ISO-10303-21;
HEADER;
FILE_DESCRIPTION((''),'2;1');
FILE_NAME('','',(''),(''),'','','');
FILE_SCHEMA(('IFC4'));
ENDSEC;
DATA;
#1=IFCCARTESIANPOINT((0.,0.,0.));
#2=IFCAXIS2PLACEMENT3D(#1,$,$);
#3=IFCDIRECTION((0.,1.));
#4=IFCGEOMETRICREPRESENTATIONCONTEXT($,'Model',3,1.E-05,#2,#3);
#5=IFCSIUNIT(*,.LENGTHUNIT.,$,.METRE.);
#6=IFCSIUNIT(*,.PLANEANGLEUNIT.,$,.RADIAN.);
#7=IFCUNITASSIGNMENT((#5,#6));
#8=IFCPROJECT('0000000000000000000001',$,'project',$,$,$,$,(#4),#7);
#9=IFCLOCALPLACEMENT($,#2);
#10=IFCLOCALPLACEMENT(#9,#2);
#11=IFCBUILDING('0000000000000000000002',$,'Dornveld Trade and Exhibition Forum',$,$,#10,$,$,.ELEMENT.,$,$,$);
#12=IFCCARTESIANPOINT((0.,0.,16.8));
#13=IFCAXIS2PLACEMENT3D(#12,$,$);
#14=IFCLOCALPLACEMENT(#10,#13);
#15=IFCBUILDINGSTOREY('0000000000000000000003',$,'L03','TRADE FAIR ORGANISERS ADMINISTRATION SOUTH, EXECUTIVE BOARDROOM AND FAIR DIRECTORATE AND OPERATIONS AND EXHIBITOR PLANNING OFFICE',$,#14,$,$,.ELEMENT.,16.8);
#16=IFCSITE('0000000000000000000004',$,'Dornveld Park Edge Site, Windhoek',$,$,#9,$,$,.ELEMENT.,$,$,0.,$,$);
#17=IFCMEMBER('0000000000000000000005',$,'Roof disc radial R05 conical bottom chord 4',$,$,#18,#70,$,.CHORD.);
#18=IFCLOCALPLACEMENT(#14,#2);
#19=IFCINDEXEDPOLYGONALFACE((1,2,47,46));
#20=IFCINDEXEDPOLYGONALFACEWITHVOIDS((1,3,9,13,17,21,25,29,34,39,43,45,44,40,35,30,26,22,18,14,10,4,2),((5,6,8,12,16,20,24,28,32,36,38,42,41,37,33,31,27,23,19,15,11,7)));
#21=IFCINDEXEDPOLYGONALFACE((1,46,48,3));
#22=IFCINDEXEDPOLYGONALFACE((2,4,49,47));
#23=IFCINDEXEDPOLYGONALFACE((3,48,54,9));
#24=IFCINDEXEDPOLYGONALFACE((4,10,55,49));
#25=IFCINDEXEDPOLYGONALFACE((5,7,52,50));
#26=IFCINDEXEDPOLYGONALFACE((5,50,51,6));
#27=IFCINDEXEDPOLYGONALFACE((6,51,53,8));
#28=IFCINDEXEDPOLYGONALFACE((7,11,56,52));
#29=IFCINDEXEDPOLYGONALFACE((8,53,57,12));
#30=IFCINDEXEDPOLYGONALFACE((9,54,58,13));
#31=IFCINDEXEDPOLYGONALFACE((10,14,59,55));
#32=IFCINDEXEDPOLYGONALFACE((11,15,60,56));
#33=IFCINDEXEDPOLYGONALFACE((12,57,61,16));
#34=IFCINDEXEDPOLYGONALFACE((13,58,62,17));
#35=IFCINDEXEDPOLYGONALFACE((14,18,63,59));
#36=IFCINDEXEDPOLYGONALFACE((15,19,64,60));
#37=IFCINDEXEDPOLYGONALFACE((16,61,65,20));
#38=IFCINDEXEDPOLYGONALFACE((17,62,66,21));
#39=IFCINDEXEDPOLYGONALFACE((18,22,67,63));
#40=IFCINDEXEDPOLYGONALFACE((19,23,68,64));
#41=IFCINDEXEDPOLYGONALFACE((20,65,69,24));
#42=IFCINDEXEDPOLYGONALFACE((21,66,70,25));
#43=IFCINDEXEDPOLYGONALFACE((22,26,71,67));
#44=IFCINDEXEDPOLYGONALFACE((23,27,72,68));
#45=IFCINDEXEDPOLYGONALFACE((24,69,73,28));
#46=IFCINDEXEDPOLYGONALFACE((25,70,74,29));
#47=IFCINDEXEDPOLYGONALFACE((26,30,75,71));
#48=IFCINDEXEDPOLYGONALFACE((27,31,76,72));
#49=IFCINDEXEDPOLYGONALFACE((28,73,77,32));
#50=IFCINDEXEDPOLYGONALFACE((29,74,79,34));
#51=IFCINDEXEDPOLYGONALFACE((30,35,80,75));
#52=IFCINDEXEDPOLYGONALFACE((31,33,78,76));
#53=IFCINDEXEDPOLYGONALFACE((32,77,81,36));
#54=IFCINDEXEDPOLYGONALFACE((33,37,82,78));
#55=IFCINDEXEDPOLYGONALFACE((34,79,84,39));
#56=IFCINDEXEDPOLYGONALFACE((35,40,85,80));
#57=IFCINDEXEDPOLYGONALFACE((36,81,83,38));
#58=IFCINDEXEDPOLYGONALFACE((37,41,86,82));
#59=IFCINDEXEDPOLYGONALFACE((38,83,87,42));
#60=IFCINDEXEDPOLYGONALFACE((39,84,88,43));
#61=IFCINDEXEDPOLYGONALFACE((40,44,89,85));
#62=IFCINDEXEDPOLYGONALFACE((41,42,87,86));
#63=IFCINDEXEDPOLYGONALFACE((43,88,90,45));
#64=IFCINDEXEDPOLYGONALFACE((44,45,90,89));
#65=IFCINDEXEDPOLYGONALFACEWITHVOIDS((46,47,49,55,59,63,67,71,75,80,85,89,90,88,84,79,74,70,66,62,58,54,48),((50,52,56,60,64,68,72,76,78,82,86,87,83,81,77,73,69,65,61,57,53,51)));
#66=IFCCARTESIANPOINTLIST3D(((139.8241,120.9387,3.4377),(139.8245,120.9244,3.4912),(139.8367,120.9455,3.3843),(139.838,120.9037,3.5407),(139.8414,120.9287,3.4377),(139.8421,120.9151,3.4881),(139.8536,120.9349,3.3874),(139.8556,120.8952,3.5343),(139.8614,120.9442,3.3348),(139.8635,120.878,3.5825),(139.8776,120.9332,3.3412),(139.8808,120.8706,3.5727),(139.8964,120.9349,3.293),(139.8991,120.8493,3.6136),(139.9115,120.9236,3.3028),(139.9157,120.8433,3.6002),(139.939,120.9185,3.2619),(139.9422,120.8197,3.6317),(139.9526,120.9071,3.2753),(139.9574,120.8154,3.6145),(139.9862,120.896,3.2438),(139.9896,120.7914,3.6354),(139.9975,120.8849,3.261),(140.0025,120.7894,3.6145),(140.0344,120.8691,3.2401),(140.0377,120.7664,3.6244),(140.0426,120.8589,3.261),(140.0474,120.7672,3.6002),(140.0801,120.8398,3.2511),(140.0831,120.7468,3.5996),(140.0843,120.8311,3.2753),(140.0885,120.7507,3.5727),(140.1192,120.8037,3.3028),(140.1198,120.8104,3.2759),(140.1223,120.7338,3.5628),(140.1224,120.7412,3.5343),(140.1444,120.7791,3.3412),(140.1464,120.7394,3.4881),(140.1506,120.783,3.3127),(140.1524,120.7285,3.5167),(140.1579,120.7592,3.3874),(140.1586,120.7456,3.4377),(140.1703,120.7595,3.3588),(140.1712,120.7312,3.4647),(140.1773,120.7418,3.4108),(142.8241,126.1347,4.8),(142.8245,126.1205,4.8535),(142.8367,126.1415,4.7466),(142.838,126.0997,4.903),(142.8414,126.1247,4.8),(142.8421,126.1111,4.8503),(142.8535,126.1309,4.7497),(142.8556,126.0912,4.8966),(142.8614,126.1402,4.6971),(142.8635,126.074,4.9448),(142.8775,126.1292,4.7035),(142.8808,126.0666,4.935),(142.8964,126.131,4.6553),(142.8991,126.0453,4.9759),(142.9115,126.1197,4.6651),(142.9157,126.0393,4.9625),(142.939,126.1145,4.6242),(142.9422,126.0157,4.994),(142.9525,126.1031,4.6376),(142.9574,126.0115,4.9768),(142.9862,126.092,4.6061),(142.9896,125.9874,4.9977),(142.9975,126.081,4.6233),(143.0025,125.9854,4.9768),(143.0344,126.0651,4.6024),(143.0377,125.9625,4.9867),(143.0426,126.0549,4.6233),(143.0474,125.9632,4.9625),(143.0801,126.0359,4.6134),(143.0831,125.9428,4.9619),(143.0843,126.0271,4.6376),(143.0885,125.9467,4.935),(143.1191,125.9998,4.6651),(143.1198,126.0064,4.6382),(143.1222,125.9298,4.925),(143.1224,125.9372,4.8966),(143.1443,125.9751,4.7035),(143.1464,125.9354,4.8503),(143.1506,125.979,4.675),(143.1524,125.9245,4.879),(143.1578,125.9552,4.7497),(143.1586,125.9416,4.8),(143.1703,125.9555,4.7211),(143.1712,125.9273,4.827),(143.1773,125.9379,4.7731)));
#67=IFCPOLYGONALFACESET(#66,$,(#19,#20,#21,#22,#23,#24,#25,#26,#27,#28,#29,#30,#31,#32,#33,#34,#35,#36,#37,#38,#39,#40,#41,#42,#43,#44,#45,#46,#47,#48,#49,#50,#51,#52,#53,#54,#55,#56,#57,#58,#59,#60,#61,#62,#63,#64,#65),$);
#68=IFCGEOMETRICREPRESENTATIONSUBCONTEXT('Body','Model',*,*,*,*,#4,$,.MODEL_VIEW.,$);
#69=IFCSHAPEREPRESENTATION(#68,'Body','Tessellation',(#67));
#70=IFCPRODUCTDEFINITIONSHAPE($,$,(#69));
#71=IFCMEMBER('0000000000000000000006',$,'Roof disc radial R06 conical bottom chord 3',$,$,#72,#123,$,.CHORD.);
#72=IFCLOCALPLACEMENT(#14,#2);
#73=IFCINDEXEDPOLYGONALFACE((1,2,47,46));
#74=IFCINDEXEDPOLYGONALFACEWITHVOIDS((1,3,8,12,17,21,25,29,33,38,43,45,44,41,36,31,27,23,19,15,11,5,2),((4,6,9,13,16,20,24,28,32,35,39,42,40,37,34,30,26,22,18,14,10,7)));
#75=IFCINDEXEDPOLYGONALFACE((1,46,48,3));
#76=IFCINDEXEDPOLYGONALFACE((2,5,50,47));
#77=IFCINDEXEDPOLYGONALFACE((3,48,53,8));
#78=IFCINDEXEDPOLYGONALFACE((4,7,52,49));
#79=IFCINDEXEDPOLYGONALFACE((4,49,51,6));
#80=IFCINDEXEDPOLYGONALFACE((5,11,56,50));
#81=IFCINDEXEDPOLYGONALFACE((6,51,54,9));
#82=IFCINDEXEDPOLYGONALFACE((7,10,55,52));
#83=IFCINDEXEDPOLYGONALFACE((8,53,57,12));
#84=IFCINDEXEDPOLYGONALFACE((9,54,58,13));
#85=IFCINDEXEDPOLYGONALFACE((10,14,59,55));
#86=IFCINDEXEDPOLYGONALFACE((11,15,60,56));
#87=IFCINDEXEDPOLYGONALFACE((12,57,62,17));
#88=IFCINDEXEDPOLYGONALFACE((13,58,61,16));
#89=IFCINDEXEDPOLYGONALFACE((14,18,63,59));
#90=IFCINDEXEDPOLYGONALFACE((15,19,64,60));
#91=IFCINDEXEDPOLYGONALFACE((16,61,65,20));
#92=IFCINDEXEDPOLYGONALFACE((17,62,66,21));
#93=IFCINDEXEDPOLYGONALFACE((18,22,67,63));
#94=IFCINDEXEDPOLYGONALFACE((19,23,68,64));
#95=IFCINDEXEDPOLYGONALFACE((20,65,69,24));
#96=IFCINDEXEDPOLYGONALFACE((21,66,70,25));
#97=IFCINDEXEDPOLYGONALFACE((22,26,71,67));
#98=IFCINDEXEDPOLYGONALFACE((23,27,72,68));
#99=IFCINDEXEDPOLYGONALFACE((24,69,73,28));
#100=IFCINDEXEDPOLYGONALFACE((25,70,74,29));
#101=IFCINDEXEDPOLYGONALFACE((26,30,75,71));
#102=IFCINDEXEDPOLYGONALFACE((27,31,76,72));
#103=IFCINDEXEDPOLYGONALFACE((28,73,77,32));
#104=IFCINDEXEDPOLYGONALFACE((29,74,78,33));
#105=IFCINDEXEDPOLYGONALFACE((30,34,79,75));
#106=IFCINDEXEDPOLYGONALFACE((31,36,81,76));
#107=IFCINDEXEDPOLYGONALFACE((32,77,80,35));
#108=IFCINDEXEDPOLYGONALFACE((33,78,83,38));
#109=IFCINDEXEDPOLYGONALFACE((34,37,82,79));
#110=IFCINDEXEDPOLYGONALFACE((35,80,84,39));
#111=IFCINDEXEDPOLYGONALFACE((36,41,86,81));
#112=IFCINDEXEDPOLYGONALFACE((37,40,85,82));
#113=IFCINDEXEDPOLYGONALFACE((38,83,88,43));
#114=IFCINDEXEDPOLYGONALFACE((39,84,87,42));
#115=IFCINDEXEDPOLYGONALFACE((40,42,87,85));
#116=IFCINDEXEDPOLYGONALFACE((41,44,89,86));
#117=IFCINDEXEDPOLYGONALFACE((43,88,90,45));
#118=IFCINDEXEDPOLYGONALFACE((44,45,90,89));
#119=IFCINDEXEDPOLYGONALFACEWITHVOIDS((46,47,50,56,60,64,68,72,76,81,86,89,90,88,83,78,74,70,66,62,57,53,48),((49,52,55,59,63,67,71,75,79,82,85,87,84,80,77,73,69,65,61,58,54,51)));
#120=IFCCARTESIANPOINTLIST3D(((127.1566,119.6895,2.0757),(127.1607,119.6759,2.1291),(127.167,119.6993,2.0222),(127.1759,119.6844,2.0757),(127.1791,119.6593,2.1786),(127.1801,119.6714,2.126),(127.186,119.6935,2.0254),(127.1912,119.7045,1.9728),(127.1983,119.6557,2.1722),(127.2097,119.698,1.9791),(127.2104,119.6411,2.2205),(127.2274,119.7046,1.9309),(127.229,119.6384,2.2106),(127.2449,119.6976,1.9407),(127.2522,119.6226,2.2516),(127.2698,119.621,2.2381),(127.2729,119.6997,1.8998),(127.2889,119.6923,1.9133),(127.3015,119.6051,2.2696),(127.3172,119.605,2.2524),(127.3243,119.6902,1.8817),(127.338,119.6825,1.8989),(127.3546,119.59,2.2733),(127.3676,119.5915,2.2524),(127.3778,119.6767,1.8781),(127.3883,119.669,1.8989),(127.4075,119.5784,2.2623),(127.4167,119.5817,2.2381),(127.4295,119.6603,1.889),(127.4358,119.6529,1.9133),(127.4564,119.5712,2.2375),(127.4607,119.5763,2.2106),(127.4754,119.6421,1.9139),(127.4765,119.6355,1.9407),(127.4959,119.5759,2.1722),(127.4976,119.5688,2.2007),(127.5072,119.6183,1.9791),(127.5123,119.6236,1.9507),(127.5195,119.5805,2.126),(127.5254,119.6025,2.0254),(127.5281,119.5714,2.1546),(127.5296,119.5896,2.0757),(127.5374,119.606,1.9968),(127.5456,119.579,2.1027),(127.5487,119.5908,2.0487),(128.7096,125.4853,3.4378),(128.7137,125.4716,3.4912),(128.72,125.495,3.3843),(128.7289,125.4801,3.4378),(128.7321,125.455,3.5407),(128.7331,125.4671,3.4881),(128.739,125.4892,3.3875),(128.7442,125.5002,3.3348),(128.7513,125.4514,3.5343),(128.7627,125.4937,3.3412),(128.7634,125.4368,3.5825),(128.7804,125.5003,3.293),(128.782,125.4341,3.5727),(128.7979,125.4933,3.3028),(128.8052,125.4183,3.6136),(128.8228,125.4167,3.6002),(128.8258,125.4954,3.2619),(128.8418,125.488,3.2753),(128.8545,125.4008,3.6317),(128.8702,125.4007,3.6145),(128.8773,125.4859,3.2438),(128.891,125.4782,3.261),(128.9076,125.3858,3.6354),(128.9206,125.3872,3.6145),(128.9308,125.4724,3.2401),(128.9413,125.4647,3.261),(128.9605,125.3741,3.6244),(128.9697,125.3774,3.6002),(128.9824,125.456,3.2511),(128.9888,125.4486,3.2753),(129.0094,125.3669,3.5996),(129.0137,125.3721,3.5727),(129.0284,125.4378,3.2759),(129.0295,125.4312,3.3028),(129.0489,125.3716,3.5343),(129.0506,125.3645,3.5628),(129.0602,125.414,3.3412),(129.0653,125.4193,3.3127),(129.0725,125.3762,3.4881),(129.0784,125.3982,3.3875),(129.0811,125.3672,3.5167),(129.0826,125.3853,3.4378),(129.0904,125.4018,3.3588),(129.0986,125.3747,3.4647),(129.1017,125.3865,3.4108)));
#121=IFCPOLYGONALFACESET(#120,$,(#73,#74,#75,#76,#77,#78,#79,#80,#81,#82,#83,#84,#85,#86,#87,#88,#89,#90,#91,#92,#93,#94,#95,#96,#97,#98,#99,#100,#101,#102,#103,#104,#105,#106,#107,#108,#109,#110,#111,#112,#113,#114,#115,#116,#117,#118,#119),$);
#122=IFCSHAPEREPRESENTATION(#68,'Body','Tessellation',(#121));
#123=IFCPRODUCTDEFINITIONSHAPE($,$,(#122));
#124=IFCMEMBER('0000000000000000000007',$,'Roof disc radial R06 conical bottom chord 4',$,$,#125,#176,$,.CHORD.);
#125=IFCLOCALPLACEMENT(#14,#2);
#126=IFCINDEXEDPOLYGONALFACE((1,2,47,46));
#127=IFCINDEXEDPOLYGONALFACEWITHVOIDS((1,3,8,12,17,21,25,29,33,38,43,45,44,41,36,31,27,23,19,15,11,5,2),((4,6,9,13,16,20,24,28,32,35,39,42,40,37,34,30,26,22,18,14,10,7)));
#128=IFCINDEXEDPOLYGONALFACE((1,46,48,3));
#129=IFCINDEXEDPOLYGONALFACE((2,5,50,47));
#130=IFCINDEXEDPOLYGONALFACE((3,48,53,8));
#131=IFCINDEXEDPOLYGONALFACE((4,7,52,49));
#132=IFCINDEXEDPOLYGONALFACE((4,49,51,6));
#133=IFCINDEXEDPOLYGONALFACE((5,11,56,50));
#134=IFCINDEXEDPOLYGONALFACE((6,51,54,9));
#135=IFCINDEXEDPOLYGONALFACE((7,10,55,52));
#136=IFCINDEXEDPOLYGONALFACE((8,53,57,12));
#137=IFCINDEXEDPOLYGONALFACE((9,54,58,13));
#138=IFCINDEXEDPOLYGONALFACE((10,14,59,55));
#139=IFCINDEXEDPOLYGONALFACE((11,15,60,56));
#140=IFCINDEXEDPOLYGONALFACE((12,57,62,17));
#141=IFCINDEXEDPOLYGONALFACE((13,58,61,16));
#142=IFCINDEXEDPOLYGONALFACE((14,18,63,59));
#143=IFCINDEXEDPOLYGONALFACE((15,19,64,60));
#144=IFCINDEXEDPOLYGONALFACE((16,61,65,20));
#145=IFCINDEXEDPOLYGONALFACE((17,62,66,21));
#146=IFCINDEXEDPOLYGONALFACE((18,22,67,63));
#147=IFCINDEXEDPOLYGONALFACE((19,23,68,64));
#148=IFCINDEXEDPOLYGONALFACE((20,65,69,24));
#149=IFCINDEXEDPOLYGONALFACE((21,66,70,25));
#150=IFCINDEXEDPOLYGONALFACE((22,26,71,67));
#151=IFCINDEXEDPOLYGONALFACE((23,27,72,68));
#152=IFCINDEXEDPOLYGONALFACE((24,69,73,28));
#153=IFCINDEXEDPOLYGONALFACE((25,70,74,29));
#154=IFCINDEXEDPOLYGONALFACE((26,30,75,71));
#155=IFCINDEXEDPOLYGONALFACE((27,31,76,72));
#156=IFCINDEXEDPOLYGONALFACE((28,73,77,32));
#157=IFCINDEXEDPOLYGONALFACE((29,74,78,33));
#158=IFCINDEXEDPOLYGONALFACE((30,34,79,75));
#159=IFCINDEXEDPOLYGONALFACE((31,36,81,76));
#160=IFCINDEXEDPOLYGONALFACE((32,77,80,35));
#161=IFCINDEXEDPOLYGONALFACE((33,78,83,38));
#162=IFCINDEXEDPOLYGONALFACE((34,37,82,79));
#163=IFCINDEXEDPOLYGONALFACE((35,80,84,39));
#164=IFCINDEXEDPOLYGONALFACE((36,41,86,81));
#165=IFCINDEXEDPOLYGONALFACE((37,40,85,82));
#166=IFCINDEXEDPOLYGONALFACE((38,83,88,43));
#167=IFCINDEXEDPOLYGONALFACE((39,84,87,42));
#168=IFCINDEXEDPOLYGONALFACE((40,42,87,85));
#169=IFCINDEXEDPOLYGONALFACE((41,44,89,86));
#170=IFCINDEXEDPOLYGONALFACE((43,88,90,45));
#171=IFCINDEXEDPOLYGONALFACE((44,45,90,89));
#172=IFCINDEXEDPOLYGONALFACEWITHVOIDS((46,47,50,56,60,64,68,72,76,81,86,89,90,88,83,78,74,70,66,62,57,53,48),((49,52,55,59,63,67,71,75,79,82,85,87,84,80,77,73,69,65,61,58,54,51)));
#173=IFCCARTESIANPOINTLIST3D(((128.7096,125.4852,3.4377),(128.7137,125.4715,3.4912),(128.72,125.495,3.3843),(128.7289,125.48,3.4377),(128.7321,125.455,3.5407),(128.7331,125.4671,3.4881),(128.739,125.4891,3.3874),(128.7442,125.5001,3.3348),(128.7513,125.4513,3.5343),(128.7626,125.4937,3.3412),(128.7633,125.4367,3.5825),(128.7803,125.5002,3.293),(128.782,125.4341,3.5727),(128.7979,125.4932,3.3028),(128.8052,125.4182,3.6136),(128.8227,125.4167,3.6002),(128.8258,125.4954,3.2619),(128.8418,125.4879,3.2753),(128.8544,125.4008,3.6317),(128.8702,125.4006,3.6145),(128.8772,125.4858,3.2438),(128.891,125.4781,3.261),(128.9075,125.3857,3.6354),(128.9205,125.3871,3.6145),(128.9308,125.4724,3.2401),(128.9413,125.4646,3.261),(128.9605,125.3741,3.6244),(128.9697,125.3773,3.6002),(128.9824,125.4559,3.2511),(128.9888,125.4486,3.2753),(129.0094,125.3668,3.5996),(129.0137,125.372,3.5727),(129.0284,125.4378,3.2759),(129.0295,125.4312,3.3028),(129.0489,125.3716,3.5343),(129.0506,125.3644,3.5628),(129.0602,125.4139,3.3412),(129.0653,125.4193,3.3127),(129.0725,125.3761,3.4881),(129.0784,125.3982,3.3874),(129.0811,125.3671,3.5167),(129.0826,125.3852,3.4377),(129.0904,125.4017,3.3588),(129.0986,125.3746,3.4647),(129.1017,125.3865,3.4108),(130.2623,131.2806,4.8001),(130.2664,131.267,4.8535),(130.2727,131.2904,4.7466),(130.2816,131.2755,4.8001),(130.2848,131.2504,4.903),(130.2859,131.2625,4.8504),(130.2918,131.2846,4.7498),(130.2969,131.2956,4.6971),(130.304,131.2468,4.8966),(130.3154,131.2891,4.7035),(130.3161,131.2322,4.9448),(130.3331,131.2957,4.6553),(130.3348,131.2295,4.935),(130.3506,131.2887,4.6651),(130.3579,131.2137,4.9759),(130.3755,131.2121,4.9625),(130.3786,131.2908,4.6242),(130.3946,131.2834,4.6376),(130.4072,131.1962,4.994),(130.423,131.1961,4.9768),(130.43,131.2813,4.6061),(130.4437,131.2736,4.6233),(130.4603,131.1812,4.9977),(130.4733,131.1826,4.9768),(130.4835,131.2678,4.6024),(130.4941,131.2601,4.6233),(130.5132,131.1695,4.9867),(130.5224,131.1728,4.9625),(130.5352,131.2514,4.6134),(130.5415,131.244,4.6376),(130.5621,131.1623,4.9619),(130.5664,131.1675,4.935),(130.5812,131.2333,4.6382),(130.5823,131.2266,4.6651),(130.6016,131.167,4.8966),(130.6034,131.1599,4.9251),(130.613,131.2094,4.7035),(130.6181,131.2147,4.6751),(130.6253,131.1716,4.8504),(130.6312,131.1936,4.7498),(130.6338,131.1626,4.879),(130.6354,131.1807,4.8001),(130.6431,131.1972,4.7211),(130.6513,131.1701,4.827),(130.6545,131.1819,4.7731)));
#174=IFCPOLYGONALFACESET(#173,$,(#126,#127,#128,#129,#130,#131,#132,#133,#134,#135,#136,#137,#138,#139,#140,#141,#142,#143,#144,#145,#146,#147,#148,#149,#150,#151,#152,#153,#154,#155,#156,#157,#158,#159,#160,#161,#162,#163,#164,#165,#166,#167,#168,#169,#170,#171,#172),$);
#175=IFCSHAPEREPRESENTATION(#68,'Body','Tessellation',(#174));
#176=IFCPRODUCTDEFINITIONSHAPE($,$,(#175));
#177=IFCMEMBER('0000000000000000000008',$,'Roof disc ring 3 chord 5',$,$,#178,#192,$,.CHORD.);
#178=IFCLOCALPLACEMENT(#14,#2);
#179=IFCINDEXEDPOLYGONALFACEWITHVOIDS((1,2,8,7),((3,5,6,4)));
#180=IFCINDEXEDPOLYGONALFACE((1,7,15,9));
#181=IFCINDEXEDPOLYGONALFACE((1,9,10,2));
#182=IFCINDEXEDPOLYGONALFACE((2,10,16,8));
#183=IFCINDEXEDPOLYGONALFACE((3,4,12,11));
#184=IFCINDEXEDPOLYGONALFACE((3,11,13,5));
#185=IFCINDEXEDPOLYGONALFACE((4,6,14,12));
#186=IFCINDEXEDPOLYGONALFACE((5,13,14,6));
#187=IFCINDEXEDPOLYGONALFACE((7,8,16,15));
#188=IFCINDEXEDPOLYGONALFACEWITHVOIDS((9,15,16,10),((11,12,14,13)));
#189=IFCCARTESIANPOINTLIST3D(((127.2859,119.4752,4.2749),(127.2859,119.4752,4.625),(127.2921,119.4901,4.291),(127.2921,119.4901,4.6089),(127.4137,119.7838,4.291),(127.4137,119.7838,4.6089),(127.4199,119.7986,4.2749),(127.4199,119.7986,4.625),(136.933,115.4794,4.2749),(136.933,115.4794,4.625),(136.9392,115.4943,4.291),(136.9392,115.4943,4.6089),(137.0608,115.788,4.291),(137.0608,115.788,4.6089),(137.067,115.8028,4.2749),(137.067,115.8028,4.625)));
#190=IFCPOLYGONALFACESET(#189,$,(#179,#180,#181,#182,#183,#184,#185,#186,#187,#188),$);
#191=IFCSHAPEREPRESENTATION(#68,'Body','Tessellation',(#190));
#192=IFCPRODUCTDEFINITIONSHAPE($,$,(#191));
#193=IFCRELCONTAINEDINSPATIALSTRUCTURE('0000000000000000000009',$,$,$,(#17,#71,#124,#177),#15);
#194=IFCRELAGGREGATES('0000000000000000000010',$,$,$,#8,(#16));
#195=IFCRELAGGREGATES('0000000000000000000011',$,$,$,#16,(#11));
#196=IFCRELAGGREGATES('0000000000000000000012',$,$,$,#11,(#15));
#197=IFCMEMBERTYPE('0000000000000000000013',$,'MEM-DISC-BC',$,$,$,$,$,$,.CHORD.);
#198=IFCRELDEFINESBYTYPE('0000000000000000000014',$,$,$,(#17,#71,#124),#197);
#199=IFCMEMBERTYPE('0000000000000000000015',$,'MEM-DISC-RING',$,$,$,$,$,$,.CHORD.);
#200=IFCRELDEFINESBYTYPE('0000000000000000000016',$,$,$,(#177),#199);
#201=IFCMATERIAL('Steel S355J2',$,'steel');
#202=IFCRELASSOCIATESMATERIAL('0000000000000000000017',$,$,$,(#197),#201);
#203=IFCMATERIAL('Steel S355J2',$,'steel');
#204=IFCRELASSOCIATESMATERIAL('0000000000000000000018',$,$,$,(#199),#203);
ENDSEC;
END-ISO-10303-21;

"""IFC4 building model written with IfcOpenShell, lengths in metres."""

from ifc_helpers import new_model, si_unit, direction, frame, origin, origin_2d, place, context, subcontext, project, spatial, hollow_rectangle, hollow_circle, extrude, material, material_profile, profile_set, type_object, element, save


model = new_model("IFC4")

# Units and contexts
model_context = context("Model", 3, precision=1e-05, world=origin(), true_north=direction((0.0, 1.0)))
body_context = subcontext(model_context, "Body", "Model", "MODEL_VIEW")
ifc_project = project(units=[si_unit("LENGTHUNIT", "METRE"), si_unit("PLANEANGLEUNIT", "RADIAN")], contexts=[model_context])

# Site, building, storey
site_placement = place(None, origin())
site = spatial("IfcSite", under=ifc_project, at=site_placement, Name="Dornveld Park Edge Site, Windhoek", CompositionType="ELEMENT", RefElevation=0.0)
building_placement = place(site_placement, origin())
building = spatial("IfcBuilding", under=site, at=building_placement, Name="Dornveld Trade and Exhibition Forum", CompositionType="ELEMENT")
storey_placement = place(building_placement, frame((0.0, 0.0, 16.8)))
storey = spatial("IfcBuildingStorey", under=building, at=storey_placement, Name="L03", Description="TRADE FAIR ORGANISERS ADMINISTRATION SOUTH, EXECUTIVE BOARDROOM AND FAIR DIRECTORATE AND OPERATIONS AND EXHIBITOR PLANNING OFFICE", CompositionType="ELEMENT", Elevation=16.8)

# Members
ifc_material_1 = material(Name="Steel S355J2", Category="steel")
ifc_material_profile_1 = material_profile(ifc_material_1, hollow_circle(Radius=0.2031, WallThickness=0.02, at=origin_2d()), Name="CHS 406.4x20")
ifc_profile_set_1 = profile_set([ifc_material_profile_1], Name="Steel S355J2")
member_type_1 = type_object("IfcMemberType", Name="MEM-DISC-BC", PredefinedType="CHORD", material=ifc_profile_set_1)
member_1_placement = place(storey_placement, frame((140.0, 120.8372, 3.4377), z_axis=(0.487597, 0.844525, 0.221419), x_axis=(-0.866021, 0.500008, 0.0)))
element("IfcMember", 1, at=member_1_placement, inside=storey, type_object=member_type_1, Name="Roof disc radial R05 conical bottom chord 4", PredefinedType="CHORD", context=body_context, shape_type="SweptSolid", body=[
    extrude(hollow_circle(Radius=0.2031, WallThickness=0.02, at=origin_2d()), origin(), (0.0, 0.0, 1.0), 6.1526),
])
member_2_placement = place(storey_placement, frame((127.3528, 119.637, 2.0757), z_axis=(0.252403, 0.941959, 0.221374), x_axis=(-0.965924, 0.258825, 0.0)))
element("IfcMember", 2, at=member_2_placement, inside=storey, type_object=member_type_1, Name="Roof disc radial R06 conical bottom chord 3", PredefinedType="CHORD", context=body_context, shape_type="SweptSolid", body=[
    extrude(hollow_circle(Radius=0.2031, WallThickness=0.02, at=origin_2d()), origin(), (0.0, 0.0, 1.0), 6.1528),
])
member_3_placement = place(storey_placement, frame((128.9058, 125.4326, 3.4377), z_axis=(0.252373, 0.941955, 0.221422), x_axis=(-0.965932, 0.258797, 0.0)))
element("IfcMember", 3, at=member_3_placement, inside=storey, type_object=member_type_1, Name="Roof disc radial R06 conical bottom chord 4", PredefinedType="CHORD", context=body_context, shape_type="SweptSolid", body=[
    extrude(hollow_circle(Radius=0.2031, WallThickness=0.02, at=origin_2d()), origin(), (0.0, 0.0, 1.0), 6.1526),
])
ifc_material_2 = material(Name="Steel S355J2", Category="steel")
ifc_material_profile_2 = material_profile(ifc_material_2, hollow_rectangle(XDim=0.3501, YDim=0.3501, WallThickness=0.0161, at=origin_2d()), Name="SHS 350x350x16")
ifc_profile_set_2 = profile_set([ifc_material_profile_2], Name="Steel S355J2")
member_type_2 = type_object("IfcMemberType", Name="MEM-DISC-RING", PredefinedType="CHORD", material=ifc_profile_set_2)
member_4_placement = place(storey_placement, frame((137.0, 115.6411, 4.45), z_axis=(-0.923885, 0.38267, 0.0), x_axis=(-0.38267, -0.923885, 0.0)))
element("IfcMember", 4, at=member_4_placement, inside=storey, type_object=member_type_2, Name="Roof disc ring 3 chord 5", PredefinedType="CHORD", context=body_context, shape_type="SweptSolid", body=[
    extrude(hollow_rectangle(XDim=0.3501, YDim=0.3501, WallThickness=0.0161, at=origin_2d()), origin(), (0.0, 0.0, 1.0), 10.4419),
])

save(model, "model.ifc")
